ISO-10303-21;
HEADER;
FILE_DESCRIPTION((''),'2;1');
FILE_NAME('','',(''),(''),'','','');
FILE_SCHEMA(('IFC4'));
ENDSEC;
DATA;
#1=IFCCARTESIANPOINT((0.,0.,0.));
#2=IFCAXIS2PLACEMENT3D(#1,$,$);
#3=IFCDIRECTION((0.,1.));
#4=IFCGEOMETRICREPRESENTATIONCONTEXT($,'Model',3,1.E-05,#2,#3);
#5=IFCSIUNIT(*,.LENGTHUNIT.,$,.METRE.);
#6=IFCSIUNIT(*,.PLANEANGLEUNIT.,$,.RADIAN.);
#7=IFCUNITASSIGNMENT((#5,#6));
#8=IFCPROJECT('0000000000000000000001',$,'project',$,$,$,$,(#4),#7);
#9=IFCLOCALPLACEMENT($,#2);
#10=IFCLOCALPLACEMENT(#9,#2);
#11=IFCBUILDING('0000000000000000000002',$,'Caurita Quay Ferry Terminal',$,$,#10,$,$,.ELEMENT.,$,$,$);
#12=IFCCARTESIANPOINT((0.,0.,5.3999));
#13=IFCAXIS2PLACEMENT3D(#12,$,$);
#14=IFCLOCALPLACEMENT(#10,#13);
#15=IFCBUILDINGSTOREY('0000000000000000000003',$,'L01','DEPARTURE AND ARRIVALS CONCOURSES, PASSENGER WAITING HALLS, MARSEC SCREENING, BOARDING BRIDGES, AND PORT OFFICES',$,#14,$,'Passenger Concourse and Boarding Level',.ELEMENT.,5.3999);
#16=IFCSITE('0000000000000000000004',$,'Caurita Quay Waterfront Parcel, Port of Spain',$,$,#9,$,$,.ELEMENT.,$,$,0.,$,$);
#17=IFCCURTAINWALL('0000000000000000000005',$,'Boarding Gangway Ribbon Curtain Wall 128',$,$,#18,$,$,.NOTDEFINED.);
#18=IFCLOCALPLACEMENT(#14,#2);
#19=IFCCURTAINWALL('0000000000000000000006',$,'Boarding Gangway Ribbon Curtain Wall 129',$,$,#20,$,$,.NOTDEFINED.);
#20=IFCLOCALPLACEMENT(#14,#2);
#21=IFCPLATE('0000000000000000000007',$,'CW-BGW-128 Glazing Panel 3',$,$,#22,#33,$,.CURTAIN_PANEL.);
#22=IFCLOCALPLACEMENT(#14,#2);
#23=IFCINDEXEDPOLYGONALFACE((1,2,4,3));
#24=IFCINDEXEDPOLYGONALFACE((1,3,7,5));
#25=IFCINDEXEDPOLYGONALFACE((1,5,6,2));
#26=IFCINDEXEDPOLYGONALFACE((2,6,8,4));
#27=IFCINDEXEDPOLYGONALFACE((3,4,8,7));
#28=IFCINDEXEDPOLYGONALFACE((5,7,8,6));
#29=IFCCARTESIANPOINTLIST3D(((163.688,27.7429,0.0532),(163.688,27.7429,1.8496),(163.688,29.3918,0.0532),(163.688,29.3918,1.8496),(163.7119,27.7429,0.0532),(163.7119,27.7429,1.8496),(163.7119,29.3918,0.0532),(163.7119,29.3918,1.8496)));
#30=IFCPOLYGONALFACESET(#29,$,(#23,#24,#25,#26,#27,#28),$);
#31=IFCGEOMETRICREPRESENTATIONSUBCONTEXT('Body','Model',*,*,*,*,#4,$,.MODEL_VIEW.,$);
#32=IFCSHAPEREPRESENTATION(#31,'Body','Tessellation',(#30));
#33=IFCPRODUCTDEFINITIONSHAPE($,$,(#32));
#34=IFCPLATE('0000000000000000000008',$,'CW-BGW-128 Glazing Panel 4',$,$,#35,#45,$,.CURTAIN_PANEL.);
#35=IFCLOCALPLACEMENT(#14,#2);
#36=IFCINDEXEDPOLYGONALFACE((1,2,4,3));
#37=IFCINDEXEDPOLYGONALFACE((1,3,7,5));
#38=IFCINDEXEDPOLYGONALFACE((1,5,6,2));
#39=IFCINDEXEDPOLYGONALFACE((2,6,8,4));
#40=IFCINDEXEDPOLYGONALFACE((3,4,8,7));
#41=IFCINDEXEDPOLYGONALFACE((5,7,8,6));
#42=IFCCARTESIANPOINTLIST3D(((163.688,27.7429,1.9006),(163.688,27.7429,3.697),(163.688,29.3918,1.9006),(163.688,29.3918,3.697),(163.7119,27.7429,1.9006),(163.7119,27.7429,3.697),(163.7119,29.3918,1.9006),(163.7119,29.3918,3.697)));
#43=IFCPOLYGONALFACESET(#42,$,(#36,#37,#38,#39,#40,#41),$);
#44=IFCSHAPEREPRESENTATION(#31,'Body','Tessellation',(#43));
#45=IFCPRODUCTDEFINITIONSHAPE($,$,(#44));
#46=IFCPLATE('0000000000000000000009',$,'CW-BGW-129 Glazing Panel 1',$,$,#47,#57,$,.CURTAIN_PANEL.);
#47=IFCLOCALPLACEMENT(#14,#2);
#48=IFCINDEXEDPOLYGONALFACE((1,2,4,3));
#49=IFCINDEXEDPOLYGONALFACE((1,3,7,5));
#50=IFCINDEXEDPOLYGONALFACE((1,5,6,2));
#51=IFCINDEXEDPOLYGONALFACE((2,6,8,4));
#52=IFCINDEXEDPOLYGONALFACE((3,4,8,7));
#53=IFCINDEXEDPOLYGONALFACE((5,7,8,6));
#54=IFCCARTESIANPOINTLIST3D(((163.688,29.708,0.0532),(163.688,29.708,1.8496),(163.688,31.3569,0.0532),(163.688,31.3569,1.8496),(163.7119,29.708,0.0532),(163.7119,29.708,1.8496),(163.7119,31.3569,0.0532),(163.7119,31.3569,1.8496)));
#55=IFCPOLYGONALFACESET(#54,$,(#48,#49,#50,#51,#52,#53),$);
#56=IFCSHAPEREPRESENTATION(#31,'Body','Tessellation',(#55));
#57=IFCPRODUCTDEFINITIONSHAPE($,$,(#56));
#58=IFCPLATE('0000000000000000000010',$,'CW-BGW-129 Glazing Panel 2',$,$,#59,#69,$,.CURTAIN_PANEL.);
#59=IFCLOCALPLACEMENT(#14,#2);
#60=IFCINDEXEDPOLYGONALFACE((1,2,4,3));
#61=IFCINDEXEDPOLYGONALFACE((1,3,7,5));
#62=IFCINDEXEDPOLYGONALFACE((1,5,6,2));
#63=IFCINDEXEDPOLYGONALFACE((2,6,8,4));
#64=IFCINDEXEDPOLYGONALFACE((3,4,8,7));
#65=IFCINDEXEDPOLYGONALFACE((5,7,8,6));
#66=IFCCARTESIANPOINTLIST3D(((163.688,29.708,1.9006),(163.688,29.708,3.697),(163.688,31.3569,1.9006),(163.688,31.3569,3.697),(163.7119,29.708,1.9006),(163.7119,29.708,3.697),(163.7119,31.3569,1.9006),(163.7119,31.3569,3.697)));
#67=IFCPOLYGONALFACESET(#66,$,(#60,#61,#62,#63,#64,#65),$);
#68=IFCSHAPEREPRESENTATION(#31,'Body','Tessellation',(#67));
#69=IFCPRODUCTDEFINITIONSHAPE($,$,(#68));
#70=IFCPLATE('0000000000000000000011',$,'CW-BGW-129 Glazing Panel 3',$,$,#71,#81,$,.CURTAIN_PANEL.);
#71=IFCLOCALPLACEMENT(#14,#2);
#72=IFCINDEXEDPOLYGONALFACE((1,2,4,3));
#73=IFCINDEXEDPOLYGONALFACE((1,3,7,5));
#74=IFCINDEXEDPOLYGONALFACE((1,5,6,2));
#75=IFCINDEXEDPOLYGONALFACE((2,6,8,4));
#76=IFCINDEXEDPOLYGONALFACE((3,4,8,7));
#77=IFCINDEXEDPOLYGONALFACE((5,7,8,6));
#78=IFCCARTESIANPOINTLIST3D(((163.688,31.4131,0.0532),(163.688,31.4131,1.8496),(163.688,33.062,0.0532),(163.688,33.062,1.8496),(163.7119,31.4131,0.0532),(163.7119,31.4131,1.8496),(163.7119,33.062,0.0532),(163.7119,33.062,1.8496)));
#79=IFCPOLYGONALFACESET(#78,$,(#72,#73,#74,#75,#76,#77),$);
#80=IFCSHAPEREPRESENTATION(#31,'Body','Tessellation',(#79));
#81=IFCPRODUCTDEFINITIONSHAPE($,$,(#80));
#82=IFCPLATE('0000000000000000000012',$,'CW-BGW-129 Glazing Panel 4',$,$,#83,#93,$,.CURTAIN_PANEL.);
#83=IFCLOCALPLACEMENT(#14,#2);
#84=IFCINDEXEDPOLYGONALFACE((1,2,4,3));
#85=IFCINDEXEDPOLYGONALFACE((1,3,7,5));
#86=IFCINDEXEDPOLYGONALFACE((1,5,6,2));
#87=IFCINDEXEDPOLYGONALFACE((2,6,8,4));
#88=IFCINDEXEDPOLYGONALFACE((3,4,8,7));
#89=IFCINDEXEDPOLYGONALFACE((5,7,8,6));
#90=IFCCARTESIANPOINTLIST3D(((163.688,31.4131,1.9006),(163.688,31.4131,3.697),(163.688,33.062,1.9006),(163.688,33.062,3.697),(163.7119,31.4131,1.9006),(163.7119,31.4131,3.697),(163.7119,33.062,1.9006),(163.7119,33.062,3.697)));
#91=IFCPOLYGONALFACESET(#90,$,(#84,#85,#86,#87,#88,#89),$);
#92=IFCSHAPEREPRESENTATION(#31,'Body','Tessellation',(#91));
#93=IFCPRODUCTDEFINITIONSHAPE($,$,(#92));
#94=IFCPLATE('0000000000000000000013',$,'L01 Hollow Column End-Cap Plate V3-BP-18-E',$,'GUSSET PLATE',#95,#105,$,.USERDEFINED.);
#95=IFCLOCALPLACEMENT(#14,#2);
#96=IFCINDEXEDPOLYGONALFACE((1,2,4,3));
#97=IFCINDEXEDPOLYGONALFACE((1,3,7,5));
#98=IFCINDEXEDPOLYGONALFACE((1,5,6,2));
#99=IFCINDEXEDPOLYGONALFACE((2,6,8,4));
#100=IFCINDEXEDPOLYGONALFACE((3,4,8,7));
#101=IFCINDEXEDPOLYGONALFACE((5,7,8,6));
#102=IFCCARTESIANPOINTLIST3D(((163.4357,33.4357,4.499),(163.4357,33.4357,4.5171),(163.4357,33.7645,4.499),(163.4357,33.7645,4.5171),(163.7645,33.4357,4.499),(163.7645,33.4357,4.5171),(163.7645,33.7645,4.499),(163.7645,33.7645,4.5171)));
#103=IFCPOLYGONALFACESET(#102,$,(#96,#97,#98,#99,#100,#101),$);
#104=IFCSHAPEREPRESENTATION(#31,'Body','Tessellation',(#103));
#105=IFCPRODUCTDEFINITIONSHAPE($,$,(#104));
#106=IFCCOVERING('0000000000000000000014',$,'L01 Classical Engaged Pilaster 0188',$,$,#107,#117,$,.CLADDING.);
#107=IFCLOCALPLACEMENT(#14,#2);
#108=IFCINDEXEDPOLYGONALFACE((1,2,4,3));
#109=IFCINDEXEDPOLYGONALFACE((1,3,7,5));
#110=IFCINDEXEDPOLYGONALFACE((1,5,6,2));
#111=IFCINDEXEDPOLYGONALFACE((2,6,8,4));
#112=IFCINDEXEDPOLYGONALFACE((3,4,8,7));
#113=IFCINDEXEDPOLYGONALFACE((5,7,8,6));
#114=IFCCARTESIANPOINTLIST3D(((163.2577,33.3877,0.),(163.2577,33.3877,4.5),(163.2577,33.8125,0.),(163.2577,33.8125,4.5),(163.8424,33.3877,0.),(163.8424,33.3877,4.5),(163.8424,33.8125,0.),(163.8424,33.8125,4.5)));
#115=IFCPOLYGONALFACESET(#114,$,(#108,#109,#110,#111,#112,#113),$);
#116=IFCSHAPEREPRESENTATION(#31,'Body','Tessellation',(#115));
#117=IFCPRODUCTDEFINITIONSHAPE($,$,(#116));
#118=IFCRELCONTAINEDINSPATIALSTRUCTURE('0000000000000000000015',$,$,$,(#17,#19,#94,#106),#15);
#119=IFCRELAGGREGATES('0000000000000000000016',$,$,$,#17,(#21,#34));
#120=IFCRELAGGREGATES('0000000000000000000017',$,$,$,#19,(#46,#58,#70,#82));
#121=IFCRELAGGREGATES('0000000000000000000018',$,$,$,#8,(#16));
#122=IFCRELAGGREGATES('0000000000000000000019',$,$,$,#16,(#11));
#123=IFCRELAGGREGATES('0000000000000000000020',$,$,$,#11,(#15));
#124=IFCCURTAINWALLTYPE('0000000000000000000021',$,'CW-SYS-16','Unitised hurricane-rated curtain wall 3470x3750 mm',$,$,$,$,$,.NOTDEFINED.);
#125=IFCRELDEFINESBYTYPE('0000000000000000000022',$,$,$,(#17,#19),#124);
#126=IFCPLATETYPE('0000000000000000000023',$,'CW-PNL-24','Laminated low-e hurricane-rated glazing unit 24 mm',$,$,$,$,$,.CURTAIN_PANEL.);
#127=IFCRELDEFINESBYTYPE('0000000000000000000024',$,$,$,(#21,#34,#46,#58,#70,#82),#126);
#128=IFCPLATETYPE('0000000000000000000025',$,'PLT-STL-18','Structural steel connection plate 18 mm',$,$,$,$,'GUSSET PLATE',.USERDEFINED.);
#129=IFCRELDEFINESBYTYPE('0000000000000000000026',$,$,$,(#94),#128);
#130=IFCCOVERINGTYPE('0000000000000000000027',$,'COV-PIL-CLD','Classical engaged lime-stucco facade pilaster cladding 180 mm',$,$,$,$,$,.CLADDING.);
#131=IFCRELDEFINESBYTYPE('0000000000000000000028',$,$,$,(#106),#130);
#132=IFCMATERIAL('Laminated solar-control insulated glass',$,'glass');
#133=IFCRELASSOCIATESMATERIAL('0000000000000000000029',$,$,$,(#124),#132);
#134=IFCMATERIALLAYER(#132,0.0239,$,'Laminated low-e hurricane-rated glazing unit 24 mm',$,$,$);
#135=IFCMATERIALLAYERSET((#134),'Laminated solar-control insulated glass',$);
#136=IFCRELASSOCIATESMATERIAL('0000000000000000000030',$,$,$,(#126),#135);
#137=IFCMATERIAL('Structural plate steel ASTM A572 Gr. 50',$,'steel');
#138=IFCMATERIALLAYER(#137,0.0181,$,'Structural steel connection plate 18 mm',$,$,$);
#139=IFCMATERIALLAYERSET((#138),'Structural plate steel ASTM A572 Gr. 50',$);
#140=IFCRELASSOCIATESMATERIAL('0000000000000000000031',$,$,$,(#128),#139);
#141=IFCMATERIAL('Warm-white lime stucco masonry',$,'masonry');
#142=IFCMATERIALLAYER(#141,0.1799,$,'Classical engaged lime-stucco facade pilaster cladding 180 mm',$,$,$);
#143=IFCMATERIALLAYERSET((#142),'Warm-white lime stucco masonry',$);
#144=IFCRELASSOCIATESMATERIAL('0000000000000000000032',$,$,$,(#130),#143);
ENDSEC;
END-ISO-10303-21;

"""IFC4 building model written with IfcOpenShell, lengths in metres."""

from ifc_helpers import new_model, si_unit, direction, frame, origin, origin_2d, place, context, subcontext, project, spatial, rectangle, extrude, material, layer, layer_set, type_object, element, aggregate, save


model = new_model("IFC4")

# Units and contexts
model_context = context("Model", 3, precision=1e-05, world=origin(), true_north=direction((0.0, 1.0)))
body_context = subcontext(model_context, "Body", "Model", "MODEL_VIEW")
ifc_project = project(units=[si_unit("LENGTHUNIT", "METRE"), si_unit("PLANEANGLEUNIT", "RADIAN")], contexts=[model_context])

# Site, building, storey
site_placement = place(None, origin())
site = spatial("IfcSite", under=ifc_project, at=site_placement, Name="Caurita Quay Waterfront Parcel, Port of Spain", CompositionType="ELEMENT", RefElevation=0.0)
building_placement = place(site_placement, origin())
building = spatial("IfcBuilding", under=site, at=building_placement, Name="Caurita Quay Ferry Terminal", CompositionType="ELEMENT")
storey_placement = place(building_placement, frame((0.0, 0.0, 5.3999)))
storey = spatial("IfcBuildingStorey", under=building, at=storey_placement, Name="L01", Description="DEPARTURE AND ARRIVALS CONCOURSES, PASSENGER WAITING HALLS, MARSEC SCREENING, BOARDING BRIDGES, AND PORT OFFICES", LongName="Passenger Concourse and Boarding Level", CompositionType="ELEMENT", Elevation=5.3999)

# Curtain walls
ifc_material_1 = material(Name="Laminated solar-control insulated glass", Category="glass")
curtain_wall_type = type_object("IfcCurtainWallType", Name="CW-SYS-16", Description="Unitised hurricane-rated curtain wall 3470x3750 mm", PredefinedType="NOTDEFINED", material=ifc_material_1)
curtain_wall_1_placement = place(storey_placement, origin())
curtain_wall_1 = element("IfcCurtainWall", 1, at=curtain_wall_1_placement, inside=storey, type_object=curtain_wall_type, Name="Boarding Gangway Ribbon Curtain Wall 128", PredefinedType="NOTDEFINED")
curtain_wall_2_placement = place(storey_placement, origin())
curtain_wall_2 = element("IfcCurtainWall", 2, at=curtain_wall_2_placement, inside=storey, type_object=curtain_wall_type, Name="Boarding Gangway Ribbon Curtain Wall 129", PredefinedType="NOTDEFINED")

# Plates
ifc_layer_1 = layer(ifc_material_1, 0.0239, Name="Laminated low-e hurricane-rated glazing unit 24 mm")
ifc_layer_set_1 = layer_set([ifc_layer_1], Name="Laminated solar-control insulated glass")
plate_type_1 = type_object("IfcPlateType", Name="CW-PNL-24", Description="Laminated low-e hurricane-rated glazing unit 24 mm", PredefinedType="CURTAIN_PANEL", material=ifc_layer_set_1)
plate_1_placement = place(storey_placement, frame((163.7, 28.5674, 0.0532), z_axis=(0.0, 0.0, 1.0), x_axis=(0.0, 1.0, 0.0)))
plate_1 = element("IfcPlate", 3, at=plate_1_placement, type_object=plate_type_1, Name="CW-BGW-128 Glazing Panel 3", PredefinedType="CURTAIN_PANEL", context=body_context, shape_type="SweptSolid", body=[
    extrude(rectangle(XDim=1.6489, YDim=0.0239, at=origin_2d()), origin(), (0.0, 0.0, 1.0), 1.7964),
])
plate_2_placement = place(storey_placement, frame((163.7, 28.5674, 1.9006), z_axis=(0.0, 0.0, 1.0), x_axis=(0.0, 1.0, 0.0)))
plate_2 = element("IfcPlate", 4, at=plate_2_placement, type_object=plate_type_1, Name="CW-BGW-128 Glazing Panel 4", PredefinedType="CURTAIN_PANEL", context=body_context, shape_type="SweptSolid", body=[
    extrude(rectangle(XDim=1.6489, YDim=0.0239, at=origin_2d()), origin(), (0.0, 0.0, 1.0), 1.7964),
])
aggregate(curtain_wall_1, [plate_1, plate_2])
plate_3_placement = place(storey_placement, frame((163.7, 30.5325, 0.0532), z_axis=(0.0, 0.0, 1.0), x_axis=(0.0, 1.0, 0.0)))
plate_3 = element("IfcPlate", 5, at=plate_3_placement, type_object=plate_type_1, Name="CW-BGW-129 Glazing Panel 1", PredefinedType="CURTAIN_PANEL", context=body_context, shape_type="SweptSolid", body=[
    extrude(rectangle(XDim=1.6489, YDim=0.0239, at=origin_2d()), origin(), (0.0, 0.0, 1.0), 1.7964),
])
plate_4_placement = place(storey_placement, frame((163.7, 30.5325, 1.9006), z_axis=(0.0, 0.0, 1.0), x_axis=(0.0, 1.0, 0.0)))
plate_4 = element("IfcPlate", 6, at=plate_4_placement, type_object=plate_type_1, Name="CW-BGW-129 Glazing Panel 2", PredefinedType="CURTAIN_PANEL", context=body_context, shape_type="SweptSolid", body=[
    extrude(rectangle(XDim=1.6489, YDim=0.0239, at=origin_2d()), origin(), (0.0, 0.0, 1.0), 1.7964),
])
plate_5_placement = place(storey_placement, frame((163.7, 32.2375, 0.0532), z_axis=(0.0, 0.0, 1.0), x_axis=(0.0, 1.0, 0.0)))
plate_5 = element("IfcPlate", 7, at=plate_5_placement, type_object=plate_type_1, Name="CW-BGW-129 Glazing Panel 3", PredefinedType="CURTAIN_PANEL", context=body_context, shape_type="SweptSolid", body=[
    extrude(rectangle(XDim=1.6489, YDim=0.0239, at=origin_2d()), origin(), (0.0, 0.0, 1.0), 1.7964),
])
plate_6_placement = place(storey_placement, frame((163.7, 32.2375, 1.9006), z_axis=(0.0, 0.0, 1.0), x_axis=(0.0, 1.0, 0.0)))
plate_6 = element("IfcPlate", 8, at=plate_6_placement, type_object=plate_type_1, Name="CW-BGW-129 Glazing Panel 4", PredefinedType="CURTAIN_PANEL", context=body_context, shape_type="SweptSolid", body=[
    extrude(rectangle(XDim=1.6489, YDim=0.0239, at=origin_2d()), origin(), (0.0, 0.0, 1.0), 1.7964),
])
aggregate(curtain_wall_2, [plate_3, plate_4, plate_5, plate_6])
ifc_material_2 = material(Name="Structural plate steel ASTM A572 Gr. 50", Category="steel")
ifc_layer_2 = layer(ifc_material_2, 0.0181, Name="Structural steel connection plate 18 mm")
ifc_layer_set_2 = layer_set([ifc_layer_2], Name="Structural plate steel ASTM A572 Gr. 50")
plate_type_2 = type_object("IfcPlateType", Name="PLT-STL-18", Description="Structural steel connection plate 18 mm", ElementType="GUSSET PLATE", PredefinedType="USERDEFINED", material=ifc_layer_set_2)
plate_7_placement = place(storey_placement, frame((163.6001, 33.6001, 4.499), z_axis=(0.0, 0.0, 1.0), x_axis=(1.0, 0.0, 0.0)))
element("IfcPlate", 9, at=plate_7_placement, inside=storey, type_object=plate_type_2, Name="L01 Hollow Column End-Cap Plate V3-BP-18-E", ObjectType="GUSSET PLATE", PredefinedType="USERDEFINED", context=body_context, shape_type="SweptSolid", body=[
    extrude(rectangle(XDim=0.3289, YDim=0.3289, at=origin_2d()), origin(), (0.0, 0.0, 1.0), 0.0181),
])

# Covering
ifc_material_3 = material(Name="Warm-white lime stucco masonry", Category="masonry")
ifc_layer_3 = layer(ifc_material_3, 0.1799, Name="Classical engaged lime-stucco facade pilaster cladding 180 mm")
ifc_layer_set_3 = layer_set([ifc_layer_3], Name="Warm-white lime stucco masonry")
covering_type = type_object("IfcCoveringType", Name="COV-PIL-CLD", Description="Classical engaged lime-stucco facade pilaster cladding 180 mm", PredefinedType="CLADDING", material=ifc_layer_set_3)
covering_placement = place(storey_placement, frame((163.55, 33.6001, 0.0), z_axis=(0.0, 0.0, 1.0), x_axis=(1.0, 0.0, 0.0)))
element("IfcCovering", 10, at=covering_placement, inside=storey, type_object=covering_type, Name="L01 Classical Engaged Pilaster 0188", PredefinedType="CLADDING", context=body_context, shape_type="SweptSolid", body=[
    extrude(rectangle(XDim=0.5847, YDim=0.4248, at=origin_2d()), origin(), (0.0, 0.0, 1.0), 4.5),
])

save(model, "model.ifc")
